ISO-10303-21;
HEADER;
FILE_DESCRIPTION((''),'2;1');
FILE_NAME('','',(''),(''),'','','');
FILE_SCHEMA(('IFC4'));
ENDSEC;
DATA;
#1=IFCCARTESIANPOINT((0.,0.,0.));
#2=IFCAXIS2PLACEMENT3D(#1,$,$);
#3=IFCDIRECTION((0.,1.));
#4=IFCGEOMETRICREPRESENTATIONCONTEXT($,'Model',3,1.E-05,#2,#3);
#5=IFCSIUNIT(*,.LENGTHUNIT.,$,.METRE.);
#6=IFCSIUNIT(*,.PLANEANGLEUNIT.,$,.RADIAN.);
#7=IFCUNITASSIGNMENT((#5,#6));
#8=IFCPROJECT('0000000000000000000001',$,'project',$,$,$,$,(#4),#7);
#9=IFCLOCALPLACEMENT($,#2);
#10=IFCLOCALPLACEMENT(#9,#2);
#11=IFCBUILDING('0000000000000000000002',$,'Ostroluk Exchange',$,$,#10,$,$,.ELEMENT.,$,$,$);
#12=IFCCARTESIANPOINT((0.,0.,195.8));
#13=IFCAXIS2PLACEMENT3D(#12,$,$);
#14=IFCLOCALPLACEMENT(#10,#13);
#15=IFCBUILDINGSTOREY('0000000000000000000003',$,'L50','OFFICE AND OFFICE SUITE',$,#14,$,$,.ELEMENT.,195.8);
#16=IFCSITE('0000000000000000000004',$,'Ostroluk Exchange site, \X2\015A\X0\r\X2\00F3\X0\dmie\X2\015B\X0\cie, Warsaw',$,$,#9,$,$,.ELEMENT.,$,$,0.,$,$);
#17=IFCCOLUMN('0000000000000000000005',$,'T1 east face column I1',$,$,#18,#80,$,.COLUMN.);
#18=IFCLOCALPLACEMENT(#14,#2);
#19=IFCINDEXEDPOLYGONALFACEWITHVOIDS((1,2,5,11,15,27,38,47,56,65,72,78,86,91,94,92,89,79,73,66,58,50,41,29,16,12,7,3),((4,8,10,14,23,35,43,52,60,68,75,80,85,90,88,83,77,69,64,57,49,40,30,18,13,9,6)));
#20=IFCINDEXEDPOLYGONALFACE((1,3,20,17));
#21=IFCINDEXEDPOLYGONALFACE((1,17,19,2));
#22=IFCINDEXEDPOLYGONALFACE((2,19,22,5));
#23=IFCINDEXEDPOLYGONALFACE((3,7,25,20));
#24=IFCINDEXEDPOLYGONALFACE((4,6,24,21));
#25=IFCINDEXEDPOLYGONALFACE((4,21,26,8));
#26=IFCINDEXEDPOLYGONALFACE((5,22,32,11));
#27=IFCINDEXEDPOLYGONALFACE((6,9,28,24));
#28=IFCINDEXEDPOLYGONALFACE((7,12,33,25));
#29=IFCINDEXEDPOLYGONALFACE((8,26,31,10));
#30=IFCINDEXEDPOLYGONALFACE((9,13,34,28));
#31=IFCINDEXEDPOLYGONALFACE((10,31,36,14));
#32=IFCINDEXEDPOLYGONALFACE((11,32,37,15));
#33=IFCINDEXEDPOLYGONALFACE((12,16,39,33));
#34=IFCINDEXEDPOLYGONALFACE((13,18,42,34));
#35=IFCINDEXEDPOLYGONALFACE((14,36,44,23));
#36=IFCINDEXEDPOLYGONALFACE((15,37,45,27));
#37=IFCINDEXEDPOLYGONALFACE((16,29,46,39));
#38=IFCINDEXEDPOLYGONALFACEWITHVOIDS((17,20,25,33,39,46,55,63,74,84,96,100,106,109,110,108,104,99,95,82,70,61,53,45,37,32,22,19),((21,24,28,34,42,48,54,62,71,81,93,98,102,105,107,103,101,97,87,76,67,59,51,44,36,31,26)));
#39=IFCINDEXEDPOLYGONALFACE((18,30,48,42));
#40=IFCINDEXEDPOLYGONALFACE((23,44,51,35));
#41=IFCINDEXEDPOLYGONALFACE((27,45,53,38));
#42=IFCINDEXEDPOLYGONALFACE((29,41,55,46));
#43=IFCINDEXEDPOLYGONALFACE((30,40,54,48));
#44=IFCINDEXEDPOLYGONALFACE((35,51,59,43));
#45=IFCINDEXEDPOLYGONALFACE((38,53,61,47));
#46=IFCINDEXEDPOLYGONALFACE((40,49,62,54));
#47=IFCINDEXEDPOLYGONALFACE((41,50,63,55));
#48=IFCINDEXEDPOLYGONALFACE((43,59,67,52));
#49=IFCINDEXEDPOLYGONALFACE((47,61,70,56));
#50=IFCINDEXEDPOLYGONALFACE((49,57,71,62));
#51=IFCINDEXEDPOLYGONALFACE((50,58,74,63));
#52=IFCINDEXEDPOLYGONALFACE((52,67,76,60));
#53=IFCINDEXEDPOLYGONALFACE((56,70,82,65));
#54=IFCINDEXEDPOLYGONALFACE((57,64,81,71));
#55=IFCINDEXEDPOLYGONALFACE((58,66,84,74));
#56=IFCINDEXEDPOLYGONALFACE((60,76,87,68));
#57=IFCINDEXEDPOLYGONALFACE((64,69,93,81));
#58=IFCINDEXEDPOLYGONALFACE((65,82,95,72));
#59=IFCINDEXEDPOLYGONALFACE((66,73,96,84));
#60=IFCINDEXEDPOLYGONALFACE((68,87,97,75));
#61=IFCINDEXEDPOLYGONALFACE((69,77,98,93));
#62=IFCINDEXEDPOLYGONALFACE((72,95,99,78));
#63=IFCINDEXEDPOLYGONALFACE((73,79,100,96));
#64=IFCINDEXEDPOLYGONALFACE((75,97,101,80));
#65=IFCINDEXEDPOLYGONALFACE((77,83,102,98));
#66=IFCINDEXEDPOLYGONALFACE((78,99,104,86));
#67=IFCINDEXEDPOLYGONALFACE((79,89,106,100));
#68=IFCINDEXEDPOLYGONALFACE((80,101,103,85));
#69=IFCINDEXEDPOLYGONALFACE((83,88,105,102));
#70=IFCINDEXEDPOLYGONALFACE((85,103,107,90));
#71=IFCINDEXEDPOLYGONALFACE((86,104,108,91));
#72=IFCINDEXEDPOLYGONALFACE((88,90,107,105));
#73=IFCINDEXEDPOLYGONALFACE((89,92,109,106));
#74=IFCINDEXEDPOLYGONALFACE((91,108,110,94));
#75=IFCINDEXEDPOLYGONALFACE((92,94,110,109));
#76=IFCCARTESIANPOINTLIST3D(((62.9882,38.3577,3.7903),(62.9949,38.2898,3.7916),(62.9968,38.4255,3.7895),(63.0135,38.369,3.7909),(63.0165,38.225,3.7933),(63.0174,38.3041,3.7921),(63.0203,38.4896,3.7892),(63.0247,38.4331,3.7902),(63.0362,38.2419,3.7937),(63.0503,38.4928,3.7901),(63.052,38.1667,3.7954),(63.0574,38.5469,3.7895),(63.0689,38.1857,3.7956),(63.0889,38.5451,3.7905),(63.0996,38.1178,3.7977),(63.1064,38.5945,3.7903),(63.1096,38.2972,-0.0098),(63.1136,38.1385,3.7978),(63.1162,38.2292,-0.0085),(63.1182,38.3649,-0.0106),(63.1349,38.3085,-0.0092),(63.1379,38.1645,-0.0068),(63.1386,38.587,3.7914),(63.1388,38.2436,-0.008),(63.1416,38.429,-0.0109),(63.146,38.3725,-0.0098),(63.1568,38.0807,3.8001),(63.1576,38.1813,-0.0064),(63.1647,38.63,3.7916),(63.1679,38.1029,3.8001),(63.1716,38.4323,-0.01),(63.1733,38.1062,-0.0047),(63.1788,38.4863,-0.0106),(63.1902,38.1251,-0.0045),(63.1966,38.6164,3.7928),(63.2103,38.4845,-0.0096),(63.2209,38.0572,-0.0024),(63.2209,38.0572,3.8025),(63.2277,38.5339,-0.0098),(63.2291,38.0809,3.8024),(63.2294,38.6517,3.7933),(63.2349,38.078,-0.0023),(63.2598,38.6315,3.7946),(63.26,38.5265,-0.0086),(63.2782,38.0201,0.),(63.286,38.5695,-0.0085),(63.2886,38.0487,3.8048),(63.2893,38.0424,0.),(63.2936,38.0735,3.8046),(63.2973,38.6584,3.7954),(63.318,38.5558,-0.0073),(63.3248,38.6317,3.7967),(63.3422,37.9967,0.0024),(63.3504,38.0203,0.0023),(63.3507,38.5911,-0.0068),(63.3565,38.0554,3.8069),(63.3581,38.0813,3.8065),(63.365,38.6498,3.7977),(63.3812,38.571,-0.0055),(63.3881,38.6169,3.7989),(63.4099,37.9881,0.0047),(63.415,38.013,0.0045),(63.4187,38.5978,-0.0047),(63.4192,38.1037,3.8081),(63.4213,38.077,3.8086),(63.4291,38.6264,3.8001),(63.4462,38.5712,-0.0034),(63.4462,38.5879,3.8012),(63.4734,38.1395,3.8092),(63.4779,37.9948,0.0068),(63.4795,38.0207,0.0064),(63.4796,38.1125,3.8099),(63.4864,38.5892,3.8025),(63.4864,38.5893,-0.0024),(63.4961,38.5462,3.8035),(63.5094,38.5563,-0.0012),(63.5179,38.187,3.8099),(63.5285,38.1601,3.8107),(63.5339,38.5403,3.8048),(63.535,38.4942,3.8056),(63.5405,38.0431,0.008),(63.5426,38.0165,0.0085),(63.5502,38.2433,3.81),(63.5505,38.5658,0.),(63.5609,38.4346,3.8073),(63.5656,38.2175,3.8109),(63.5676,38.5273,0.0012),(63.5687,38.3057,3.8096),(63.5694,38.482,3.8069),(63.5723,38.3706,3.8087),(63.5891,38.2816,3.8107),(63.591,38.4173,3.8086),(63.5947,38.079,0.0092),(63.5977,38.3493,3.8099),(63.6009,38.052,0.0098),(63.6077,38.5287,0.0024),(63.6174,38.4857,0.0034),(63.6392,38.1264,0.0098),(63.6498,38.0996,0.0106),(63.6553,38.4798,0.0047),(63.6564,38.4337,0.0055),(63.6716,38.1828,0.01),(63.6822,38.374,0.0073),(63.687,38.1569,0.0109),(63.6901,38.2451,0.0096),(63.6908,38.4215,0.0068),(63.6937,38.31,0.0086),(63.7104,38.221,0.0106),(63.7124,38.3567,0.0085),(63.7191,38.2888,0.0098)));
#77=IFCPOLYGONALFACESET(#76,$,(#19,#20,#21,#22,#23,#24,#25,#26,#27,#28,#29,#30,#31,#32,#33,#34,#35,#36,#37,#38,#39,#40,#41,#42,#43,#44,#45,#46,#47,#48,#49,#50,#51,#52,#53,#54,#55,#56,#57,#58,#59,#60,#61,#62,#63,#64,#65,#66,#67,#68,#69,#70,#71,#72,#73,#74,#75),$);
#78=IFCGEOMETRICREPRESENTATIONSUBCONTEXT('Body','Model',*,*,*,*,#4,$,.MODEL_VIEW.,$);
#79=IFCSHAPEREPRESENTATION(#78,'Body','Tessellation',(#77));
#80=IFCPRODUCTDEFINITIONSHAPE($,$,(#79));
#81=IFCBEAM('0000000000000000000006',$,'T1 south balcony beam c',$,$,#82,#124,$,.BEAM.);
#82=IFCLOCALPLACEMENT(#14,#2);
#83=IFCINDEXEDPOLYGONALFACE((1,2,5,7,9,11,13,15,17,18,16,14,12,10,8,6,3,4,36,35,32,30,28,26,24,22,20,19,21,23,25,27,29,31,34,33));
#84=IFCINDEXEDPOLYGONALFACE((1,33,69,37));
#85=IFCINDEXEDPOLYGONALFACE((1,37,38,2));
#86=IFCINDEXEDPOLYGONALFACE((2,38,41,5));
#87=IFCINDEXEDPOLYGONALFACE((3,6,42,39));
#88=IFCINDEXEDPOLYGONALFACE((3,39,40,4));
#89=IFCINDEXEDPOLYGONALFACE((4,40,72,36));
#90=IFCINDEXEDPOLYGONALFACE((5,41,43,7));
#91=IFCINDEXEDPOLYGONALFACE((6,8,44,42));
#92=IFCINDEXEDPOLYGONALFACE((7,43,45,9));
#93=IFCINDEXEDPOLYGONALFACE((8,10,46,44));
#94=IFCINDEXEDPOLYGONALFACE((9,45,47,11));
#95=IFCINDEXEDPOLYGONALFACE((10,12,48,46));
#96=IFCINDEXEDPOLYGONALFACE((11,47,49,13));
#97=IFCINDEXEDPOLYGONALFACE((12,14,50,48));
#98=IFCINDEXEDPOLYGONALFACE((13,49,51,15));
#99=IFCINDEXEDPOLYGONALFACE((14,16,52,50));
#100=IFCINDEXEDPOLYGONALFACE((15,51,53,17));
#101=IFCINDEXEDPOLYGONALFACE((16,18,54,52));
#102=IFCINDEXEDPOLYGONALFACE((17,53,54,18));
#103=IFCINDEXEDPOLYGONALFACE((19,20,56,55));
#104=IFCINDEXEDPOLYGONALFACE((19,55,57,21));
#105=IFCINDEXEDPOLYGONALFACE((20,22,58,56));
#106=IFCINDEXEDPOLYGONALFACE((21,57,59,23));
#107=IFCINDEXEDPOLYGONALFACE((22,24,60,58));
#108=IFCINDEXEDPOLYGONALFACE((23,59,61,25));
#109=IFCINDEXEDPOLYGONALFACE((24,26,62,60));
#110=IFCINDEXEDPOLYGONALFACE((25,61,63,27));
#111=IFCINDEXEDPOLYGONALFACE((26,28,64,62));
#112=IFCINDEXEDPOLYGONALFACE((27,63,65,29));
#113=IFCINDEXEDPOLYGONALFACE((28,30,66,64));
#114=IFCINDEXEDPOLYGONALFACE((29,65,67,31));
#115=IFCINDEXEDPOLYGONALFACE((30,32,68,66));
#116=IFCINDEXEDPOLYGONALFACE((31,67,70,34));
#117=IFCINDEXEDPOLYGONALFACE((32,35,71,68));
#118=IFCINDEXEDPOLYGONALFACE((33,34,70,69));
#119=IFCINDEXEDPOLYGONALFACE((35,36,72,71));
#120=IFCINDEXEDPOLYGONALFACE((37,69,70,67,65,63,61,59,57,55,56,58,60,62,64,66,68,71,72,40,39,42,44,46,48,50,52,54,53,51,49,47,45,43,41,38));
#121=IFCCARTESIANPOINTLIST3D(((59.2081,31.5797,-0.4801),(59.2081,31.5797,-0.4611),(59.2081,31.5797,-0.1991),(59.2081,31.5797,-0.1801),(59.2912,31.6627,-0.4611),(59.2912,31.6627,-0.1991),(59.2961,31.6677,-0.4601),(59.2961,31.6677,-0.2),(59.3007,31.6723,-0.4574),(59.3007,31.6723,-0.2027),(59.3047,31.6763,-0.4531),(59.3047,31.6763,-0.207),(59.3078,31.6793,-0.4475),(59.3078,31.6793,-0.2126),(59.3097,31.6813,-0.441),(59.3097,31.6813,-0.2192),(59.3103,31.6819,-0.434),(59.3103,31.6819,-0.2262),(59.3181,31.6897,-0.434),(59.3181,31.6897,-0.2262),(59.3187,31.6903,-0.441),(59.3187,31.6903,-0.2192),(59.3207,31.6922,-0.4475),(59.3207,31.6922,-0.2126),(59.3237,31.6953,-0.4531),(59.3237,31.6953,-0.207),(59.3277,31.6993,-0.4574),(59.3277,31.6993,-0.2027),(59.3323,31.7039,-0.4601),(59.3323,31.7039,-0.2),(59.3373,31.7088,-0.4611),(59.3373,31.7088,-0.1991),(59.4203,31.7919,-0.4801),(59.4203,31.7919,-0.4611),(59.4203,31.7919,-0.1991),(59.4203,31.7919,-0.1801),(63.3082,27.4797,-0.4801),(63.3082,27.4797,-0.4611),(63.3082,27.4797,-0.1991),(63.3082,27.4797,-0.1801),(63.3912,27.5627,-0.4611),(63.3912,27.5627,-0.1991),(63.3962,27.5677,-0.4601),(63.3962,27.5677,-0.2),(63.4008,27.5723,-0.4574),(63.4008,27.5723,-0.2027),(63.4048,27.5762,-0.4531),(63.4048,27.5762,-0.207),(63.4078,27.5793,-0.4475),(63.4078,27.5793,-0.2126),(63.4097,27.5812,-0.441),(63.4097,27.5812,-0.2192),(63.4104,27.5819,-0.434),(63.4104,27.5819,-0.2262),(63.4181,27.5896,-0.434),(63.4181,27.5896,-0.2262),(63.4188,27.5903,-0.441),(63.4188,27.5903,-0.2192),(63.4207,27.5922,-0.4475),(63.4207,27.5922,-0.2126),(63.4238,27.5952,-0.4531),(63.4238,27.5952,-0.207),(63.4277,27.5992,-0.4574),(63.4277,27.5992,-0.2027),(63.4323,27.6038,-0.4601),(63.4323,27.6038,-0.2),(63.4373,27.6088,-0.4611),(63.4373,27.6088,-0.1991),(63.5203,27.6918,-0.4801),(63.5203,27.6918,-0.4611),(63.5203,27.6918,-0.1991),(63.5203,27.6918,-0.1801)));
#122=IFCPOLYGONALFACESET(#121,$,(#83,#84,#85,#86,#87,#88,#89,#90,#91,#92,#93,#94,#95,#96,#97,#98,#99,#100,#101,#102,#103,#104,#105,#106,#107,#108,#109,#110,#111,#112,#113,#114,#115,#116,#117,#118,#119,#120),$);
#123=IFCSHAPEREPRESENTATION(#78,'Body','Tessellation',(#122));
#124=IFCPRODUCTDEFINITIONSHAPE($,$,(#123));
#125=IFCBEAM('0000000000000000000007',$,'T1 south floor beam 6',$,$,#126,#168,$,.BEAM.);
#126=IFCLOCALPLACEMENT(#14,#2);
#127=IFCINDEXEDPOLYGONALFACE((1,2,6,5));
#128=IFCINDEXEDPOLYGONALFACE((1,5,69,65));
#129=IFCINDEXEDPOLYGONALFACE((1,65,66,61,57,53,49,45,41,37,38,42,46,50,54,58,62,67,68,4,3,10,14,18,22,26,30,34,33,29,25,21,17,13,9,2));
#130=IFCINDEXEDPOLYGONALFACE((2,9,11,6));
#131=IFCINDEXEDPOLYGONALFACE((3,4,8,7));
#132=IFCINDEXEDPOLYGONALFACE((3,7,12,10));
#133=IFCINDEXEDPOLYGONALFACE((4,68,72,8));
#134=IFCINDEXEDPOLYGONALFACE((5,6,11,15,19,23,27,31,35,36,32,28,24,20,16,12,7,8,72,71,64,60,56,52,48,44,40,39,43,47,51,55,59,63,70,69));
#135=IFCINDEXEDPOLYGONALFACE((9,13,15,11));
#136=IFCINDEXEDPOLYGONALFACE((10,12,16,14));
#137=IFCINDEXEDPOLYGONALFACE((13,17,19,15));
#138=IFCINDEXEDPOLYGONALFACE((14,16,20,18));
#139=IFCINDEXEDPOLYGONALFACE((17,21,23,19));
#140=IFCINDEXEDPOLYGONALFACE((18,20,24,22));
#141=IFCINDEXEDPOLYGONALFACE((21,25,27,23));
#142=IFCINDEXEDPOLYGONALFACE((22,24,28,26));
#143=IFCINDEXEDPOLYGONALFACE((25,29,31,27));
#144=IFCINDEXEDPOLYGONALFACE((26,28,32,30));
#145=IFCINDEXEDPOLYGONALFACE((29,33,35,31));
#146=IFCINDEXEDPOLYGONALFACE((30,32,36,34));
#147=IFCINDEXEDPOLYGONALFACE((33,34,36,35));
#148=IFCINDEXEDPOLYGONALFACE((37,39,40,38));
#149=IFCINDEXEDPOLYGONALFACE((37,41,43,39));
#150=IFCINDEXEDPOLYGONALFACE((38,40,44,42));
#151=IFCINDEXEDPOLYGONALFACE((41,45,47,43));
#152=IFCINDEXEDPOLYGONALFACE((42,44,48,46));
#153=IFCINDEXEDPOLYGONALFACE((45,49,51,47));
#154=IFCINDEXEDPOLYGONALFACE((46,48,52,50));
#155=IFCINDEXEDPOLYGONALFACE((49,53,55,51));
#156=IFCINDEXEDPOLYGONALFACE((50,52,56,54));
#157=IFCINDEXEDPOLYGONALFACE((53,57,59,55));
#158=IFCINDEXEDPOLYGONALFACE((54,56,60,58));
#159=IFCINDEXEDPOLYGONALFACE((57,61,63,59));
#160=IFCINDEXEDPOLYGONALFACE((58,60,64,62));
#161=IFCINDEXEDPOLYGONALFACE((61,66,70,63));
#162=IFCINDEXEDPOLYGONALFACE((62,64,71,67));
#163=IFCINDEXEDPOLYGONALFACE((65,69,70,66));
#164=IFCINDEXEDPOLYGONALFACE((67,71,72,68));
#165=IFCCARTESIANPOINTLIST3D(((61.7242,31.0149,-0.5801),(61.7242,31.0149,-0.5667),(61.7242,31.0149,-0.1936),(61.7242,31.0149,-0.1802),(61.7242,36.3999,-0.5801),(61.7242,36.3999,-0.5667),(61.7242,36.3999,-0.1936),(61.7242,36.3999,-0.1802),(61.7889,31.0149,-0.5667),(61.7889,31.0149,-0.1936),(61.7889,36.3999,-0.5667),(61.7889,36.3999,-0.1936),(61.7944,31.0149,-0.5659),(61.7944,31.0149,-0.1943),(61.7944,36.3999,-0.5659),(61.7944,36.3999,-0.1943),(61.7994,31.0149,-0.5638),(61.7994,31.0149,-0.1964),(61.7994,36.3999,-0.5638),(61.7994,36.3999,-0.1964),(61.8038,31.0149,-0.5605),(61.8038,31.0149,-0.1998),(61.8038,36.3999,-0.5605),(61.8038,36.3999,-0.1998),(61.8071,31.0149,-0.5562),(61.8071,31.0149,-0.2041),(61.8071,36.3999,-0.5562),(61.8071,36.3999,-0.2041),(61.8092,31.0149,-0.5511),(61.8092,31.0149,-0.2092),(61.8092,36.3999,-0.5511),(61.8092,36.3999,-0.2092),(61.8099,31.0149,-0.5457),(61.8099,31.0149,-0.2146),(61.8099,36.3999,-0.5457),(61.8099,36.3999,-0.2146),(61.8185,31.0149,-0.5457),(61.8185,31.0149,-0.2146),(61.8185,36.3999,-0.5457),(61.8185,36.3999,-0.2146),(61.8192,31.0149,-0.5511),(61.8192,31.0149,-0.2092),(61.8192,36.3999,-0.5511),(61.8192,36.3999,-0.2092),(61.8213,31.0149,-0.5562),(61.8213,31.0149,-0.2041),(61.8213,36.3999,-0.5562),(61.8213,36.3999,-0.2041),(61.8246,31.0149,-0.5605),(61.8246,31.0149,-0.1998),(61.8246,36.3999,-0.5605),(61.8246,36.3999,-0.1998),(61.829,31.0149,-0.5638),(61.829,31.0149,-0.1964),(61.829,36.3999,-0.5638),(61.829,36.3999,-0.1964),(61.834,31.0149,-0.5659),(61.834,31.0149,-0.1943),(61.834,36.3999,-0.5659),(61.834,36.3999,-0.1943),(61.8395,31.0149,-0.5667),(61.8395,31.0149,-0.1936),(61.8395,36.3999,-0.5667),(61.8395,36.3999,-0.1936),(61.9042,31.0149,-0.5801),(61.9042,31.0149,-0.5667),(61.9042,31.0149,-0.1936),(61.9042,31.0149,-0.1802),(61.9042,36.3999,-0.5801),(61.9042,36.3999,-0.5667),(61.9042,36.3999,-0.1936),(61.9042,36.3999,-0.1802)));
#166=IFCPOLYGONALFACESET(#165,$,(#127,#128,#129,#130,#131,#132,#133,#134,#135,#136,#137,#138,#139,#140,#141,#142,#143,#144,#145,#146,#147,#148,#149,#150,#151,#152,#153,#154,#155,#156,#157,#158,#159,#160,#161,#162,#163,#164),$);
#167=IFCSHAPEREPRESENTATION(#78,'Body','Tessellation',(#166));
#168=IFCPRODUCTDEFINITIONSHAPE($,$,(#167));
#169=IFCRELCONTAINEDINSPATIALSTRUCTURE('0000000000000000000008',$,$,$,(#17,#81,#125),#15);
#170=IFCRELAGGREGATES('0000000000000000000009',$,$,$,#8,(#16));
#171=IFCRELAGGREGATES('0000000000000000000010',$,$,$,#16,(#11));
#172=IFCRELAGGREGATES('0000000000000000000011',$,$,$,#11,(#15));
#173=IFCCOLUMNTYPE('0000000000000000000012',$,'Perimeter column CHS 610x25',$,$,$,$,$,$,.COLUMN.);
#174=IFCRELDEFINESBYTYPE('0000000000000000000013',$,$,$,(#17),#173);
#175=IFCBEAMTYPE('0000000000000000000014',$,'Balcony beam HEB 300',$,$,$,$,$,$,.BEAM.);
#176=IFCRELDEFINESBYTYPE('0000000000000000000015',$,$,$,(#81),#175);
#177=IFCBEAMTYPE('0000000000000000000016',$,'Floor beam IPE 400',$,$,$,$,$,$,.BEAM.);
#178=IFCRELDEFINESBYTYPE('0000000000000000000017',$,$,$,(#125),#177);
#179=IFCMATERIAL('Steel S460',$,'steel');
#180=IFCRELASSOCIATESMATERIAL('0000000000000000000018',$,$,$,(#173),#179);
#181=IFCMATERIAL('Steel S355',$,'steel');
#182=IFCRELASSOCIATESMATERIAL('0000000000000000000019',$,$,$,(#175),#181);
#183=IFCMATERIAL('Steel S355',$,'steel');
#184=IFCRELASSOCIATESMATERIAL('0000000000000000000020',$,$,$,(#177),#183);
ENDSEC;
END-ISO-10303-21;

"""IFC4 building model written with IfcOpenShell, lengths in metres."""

from ifc_helpers import new_model, si_unit, direction, frame, origin, origin_2d, place, context, subcontext, project, spatial, hollow_circle, i_section, extrude, material, material_profile, profile_set, type_object, element, save


model = new_model("IFC4")

# Units and contexts
model_context = context("Model", 3, precision=1e-05, world=origin(), true_north=direction((0.0, 1.0)))
body_context = subcontext(model_context, "Body", "Model", "MODEL_VIEW")
ifc_project = project(units=[si_unit("LENGTHUNIT", "METRE"), si_unit("PLANEANGLEUNIT", "RADIAN")], contexts=[model_context])

# Site, building, storey
site_placement = place(None, origin())
site = spatial("IfcSite", under=ifc_project, at=site_placement, Name="Ostroluk Exchange site, Śródmieście, Warsaw", CompositionType="ELEMENT", RefElevation=0.0)
building_placement = place(site_placement, origin())
building = spatial("IfcBuilding", under=site, at=building_placement, Name="Ostroluk Exchange", CompositionType="ELEMENT")
storey_placement = place(building_placement, frame((0.0, 0.0, 195.8)))
storey = spatial("IfcBuildingStorey", under=building, at=storey_placement, Name="L50", Description="OFFICE AND OFFICE SUITE", CompositionType="ELEMENT", Elevation=195.8)

# Column
ifc_material_1 = material(Name="Steel S460", Category="steel")
ifc_material_profile_1 = material_profile(ifc_material_1, hollow_circle(Radius=0.3049, WallThickness=0.0249, at=origin_2d()), Name="CHS 610x25")
ifc_profile_set_1 = profile_set([ifc_material_profile_1], Name="Steel S460")
column_type = type_object("IfcColumnType", Name="Perimeter column CHS 610x25", PredefinedType="COLUMN", material=ifc_profile_set_1)
column_placement = place(storey_placement, frame((63.4143, 38.293, 0.0), z_axis=(-0.03191, 0.015923, 0.999364), x_axis=(-0.446493, -0.894787, 0.0)))
element("IfcColumn", 1, at=column_placement, inside=storey, type_object=column_type, Name="T1 east face column I1", PredefinedType="COLUMN", context=body_context, shape_type="SweptSolid", body=[
    extrude(hollow_circle(Radius=0.3049, WallThickness=0.0249, at=origin_2d()), origin(), (0.0, 0.0, 1.0), 3.8025),
])

# Beams
ifc_material_2 = material(Name="Steel S355", Category="steel")
ifc_material_profile_2 = material_profile(ifc_material_2, i_section(OverallWidth=0.3, OverallDepth=0.3, WebThickness=0.011, FlangeThickness=0.019, FilletRadius=0.0271, at=origin_2d()), Name="HEB 300")
ifc_profile_set_2 = profile_set([ifc_material_profile_2], Name="Steel S355")
beam_type_1 = type_object("IfcBeamType", Name="Balcony beam HEB 300", PredefinedType="BEAM", material=ifc_profile_set_2)
beam_1_placement = place(storey_placement, frame((59.3142, 31.6858, -0.3301), z_axis=(0.707107, -0.707107, 0.0), x_axis=(0.707107, 0.707107, 0.0)))
element("IfcBeam", 2, at=beam_1_placement, inside=storey, type_object=beam_type_1, Name="T1 south balcony beam c", PredefinedType="BEAM", context=body_context, shape_type="SweptSolid", body=[
    extrude(i_section(OverallWidth=0.3, OverallDepth=0.3, WebThickness=0.011, FlangeThickness=0.019, FilletRadius=0.0271, at=origin_2d()), origin(), (0.0, 0.0, 1.0), 5.7983),
])
ifc_material_3 = material(Name="Steel S355", Category="steel")
ifc_material_profile_3 = material_profile(ifc_material_3, i_section(OverallWidth=0.1799, OverallDepth=0.3999, WebThickness=0.0085, FlangeThickness=0.0134, FilletRadius=0.021, at=origin_2d()), Name="IPE 400")
ifc_profile_set_3 = profile_set([ifc_material_profile_3], Name="Steel S355")
beam_type_2 = type_object("IfcBeamType", Name="Floor beam IPE 400", PredefinedType="BEAM", material=ifc_profile_set_3)
beam_2_placement = place(storey_placement, frame((61.8142, 36.3999, -0.3801), z_axis=(0.0, -1.0, 0.0), x_axis=(1.0, 0.0, 0.0)))
element("IfcBeam", 3, at=beam_2_placement, inside=storey, type_object=beam_type_2, Name="T1 south floor beam 6", PredefinedType="BEAM", context=body_context, shape_type="SweptSolid", body=[
    extrude(i_section(OverallWidth=0.1799, OverallDepth=0.3999, WebThickness=0.0085, FlangeThickness=0.0134, FilletRadius=0.021, at=origin_2d()), origin(), (0.0, 0.0, 1.0), 5.385),
])

save(model, "model.ifc")
